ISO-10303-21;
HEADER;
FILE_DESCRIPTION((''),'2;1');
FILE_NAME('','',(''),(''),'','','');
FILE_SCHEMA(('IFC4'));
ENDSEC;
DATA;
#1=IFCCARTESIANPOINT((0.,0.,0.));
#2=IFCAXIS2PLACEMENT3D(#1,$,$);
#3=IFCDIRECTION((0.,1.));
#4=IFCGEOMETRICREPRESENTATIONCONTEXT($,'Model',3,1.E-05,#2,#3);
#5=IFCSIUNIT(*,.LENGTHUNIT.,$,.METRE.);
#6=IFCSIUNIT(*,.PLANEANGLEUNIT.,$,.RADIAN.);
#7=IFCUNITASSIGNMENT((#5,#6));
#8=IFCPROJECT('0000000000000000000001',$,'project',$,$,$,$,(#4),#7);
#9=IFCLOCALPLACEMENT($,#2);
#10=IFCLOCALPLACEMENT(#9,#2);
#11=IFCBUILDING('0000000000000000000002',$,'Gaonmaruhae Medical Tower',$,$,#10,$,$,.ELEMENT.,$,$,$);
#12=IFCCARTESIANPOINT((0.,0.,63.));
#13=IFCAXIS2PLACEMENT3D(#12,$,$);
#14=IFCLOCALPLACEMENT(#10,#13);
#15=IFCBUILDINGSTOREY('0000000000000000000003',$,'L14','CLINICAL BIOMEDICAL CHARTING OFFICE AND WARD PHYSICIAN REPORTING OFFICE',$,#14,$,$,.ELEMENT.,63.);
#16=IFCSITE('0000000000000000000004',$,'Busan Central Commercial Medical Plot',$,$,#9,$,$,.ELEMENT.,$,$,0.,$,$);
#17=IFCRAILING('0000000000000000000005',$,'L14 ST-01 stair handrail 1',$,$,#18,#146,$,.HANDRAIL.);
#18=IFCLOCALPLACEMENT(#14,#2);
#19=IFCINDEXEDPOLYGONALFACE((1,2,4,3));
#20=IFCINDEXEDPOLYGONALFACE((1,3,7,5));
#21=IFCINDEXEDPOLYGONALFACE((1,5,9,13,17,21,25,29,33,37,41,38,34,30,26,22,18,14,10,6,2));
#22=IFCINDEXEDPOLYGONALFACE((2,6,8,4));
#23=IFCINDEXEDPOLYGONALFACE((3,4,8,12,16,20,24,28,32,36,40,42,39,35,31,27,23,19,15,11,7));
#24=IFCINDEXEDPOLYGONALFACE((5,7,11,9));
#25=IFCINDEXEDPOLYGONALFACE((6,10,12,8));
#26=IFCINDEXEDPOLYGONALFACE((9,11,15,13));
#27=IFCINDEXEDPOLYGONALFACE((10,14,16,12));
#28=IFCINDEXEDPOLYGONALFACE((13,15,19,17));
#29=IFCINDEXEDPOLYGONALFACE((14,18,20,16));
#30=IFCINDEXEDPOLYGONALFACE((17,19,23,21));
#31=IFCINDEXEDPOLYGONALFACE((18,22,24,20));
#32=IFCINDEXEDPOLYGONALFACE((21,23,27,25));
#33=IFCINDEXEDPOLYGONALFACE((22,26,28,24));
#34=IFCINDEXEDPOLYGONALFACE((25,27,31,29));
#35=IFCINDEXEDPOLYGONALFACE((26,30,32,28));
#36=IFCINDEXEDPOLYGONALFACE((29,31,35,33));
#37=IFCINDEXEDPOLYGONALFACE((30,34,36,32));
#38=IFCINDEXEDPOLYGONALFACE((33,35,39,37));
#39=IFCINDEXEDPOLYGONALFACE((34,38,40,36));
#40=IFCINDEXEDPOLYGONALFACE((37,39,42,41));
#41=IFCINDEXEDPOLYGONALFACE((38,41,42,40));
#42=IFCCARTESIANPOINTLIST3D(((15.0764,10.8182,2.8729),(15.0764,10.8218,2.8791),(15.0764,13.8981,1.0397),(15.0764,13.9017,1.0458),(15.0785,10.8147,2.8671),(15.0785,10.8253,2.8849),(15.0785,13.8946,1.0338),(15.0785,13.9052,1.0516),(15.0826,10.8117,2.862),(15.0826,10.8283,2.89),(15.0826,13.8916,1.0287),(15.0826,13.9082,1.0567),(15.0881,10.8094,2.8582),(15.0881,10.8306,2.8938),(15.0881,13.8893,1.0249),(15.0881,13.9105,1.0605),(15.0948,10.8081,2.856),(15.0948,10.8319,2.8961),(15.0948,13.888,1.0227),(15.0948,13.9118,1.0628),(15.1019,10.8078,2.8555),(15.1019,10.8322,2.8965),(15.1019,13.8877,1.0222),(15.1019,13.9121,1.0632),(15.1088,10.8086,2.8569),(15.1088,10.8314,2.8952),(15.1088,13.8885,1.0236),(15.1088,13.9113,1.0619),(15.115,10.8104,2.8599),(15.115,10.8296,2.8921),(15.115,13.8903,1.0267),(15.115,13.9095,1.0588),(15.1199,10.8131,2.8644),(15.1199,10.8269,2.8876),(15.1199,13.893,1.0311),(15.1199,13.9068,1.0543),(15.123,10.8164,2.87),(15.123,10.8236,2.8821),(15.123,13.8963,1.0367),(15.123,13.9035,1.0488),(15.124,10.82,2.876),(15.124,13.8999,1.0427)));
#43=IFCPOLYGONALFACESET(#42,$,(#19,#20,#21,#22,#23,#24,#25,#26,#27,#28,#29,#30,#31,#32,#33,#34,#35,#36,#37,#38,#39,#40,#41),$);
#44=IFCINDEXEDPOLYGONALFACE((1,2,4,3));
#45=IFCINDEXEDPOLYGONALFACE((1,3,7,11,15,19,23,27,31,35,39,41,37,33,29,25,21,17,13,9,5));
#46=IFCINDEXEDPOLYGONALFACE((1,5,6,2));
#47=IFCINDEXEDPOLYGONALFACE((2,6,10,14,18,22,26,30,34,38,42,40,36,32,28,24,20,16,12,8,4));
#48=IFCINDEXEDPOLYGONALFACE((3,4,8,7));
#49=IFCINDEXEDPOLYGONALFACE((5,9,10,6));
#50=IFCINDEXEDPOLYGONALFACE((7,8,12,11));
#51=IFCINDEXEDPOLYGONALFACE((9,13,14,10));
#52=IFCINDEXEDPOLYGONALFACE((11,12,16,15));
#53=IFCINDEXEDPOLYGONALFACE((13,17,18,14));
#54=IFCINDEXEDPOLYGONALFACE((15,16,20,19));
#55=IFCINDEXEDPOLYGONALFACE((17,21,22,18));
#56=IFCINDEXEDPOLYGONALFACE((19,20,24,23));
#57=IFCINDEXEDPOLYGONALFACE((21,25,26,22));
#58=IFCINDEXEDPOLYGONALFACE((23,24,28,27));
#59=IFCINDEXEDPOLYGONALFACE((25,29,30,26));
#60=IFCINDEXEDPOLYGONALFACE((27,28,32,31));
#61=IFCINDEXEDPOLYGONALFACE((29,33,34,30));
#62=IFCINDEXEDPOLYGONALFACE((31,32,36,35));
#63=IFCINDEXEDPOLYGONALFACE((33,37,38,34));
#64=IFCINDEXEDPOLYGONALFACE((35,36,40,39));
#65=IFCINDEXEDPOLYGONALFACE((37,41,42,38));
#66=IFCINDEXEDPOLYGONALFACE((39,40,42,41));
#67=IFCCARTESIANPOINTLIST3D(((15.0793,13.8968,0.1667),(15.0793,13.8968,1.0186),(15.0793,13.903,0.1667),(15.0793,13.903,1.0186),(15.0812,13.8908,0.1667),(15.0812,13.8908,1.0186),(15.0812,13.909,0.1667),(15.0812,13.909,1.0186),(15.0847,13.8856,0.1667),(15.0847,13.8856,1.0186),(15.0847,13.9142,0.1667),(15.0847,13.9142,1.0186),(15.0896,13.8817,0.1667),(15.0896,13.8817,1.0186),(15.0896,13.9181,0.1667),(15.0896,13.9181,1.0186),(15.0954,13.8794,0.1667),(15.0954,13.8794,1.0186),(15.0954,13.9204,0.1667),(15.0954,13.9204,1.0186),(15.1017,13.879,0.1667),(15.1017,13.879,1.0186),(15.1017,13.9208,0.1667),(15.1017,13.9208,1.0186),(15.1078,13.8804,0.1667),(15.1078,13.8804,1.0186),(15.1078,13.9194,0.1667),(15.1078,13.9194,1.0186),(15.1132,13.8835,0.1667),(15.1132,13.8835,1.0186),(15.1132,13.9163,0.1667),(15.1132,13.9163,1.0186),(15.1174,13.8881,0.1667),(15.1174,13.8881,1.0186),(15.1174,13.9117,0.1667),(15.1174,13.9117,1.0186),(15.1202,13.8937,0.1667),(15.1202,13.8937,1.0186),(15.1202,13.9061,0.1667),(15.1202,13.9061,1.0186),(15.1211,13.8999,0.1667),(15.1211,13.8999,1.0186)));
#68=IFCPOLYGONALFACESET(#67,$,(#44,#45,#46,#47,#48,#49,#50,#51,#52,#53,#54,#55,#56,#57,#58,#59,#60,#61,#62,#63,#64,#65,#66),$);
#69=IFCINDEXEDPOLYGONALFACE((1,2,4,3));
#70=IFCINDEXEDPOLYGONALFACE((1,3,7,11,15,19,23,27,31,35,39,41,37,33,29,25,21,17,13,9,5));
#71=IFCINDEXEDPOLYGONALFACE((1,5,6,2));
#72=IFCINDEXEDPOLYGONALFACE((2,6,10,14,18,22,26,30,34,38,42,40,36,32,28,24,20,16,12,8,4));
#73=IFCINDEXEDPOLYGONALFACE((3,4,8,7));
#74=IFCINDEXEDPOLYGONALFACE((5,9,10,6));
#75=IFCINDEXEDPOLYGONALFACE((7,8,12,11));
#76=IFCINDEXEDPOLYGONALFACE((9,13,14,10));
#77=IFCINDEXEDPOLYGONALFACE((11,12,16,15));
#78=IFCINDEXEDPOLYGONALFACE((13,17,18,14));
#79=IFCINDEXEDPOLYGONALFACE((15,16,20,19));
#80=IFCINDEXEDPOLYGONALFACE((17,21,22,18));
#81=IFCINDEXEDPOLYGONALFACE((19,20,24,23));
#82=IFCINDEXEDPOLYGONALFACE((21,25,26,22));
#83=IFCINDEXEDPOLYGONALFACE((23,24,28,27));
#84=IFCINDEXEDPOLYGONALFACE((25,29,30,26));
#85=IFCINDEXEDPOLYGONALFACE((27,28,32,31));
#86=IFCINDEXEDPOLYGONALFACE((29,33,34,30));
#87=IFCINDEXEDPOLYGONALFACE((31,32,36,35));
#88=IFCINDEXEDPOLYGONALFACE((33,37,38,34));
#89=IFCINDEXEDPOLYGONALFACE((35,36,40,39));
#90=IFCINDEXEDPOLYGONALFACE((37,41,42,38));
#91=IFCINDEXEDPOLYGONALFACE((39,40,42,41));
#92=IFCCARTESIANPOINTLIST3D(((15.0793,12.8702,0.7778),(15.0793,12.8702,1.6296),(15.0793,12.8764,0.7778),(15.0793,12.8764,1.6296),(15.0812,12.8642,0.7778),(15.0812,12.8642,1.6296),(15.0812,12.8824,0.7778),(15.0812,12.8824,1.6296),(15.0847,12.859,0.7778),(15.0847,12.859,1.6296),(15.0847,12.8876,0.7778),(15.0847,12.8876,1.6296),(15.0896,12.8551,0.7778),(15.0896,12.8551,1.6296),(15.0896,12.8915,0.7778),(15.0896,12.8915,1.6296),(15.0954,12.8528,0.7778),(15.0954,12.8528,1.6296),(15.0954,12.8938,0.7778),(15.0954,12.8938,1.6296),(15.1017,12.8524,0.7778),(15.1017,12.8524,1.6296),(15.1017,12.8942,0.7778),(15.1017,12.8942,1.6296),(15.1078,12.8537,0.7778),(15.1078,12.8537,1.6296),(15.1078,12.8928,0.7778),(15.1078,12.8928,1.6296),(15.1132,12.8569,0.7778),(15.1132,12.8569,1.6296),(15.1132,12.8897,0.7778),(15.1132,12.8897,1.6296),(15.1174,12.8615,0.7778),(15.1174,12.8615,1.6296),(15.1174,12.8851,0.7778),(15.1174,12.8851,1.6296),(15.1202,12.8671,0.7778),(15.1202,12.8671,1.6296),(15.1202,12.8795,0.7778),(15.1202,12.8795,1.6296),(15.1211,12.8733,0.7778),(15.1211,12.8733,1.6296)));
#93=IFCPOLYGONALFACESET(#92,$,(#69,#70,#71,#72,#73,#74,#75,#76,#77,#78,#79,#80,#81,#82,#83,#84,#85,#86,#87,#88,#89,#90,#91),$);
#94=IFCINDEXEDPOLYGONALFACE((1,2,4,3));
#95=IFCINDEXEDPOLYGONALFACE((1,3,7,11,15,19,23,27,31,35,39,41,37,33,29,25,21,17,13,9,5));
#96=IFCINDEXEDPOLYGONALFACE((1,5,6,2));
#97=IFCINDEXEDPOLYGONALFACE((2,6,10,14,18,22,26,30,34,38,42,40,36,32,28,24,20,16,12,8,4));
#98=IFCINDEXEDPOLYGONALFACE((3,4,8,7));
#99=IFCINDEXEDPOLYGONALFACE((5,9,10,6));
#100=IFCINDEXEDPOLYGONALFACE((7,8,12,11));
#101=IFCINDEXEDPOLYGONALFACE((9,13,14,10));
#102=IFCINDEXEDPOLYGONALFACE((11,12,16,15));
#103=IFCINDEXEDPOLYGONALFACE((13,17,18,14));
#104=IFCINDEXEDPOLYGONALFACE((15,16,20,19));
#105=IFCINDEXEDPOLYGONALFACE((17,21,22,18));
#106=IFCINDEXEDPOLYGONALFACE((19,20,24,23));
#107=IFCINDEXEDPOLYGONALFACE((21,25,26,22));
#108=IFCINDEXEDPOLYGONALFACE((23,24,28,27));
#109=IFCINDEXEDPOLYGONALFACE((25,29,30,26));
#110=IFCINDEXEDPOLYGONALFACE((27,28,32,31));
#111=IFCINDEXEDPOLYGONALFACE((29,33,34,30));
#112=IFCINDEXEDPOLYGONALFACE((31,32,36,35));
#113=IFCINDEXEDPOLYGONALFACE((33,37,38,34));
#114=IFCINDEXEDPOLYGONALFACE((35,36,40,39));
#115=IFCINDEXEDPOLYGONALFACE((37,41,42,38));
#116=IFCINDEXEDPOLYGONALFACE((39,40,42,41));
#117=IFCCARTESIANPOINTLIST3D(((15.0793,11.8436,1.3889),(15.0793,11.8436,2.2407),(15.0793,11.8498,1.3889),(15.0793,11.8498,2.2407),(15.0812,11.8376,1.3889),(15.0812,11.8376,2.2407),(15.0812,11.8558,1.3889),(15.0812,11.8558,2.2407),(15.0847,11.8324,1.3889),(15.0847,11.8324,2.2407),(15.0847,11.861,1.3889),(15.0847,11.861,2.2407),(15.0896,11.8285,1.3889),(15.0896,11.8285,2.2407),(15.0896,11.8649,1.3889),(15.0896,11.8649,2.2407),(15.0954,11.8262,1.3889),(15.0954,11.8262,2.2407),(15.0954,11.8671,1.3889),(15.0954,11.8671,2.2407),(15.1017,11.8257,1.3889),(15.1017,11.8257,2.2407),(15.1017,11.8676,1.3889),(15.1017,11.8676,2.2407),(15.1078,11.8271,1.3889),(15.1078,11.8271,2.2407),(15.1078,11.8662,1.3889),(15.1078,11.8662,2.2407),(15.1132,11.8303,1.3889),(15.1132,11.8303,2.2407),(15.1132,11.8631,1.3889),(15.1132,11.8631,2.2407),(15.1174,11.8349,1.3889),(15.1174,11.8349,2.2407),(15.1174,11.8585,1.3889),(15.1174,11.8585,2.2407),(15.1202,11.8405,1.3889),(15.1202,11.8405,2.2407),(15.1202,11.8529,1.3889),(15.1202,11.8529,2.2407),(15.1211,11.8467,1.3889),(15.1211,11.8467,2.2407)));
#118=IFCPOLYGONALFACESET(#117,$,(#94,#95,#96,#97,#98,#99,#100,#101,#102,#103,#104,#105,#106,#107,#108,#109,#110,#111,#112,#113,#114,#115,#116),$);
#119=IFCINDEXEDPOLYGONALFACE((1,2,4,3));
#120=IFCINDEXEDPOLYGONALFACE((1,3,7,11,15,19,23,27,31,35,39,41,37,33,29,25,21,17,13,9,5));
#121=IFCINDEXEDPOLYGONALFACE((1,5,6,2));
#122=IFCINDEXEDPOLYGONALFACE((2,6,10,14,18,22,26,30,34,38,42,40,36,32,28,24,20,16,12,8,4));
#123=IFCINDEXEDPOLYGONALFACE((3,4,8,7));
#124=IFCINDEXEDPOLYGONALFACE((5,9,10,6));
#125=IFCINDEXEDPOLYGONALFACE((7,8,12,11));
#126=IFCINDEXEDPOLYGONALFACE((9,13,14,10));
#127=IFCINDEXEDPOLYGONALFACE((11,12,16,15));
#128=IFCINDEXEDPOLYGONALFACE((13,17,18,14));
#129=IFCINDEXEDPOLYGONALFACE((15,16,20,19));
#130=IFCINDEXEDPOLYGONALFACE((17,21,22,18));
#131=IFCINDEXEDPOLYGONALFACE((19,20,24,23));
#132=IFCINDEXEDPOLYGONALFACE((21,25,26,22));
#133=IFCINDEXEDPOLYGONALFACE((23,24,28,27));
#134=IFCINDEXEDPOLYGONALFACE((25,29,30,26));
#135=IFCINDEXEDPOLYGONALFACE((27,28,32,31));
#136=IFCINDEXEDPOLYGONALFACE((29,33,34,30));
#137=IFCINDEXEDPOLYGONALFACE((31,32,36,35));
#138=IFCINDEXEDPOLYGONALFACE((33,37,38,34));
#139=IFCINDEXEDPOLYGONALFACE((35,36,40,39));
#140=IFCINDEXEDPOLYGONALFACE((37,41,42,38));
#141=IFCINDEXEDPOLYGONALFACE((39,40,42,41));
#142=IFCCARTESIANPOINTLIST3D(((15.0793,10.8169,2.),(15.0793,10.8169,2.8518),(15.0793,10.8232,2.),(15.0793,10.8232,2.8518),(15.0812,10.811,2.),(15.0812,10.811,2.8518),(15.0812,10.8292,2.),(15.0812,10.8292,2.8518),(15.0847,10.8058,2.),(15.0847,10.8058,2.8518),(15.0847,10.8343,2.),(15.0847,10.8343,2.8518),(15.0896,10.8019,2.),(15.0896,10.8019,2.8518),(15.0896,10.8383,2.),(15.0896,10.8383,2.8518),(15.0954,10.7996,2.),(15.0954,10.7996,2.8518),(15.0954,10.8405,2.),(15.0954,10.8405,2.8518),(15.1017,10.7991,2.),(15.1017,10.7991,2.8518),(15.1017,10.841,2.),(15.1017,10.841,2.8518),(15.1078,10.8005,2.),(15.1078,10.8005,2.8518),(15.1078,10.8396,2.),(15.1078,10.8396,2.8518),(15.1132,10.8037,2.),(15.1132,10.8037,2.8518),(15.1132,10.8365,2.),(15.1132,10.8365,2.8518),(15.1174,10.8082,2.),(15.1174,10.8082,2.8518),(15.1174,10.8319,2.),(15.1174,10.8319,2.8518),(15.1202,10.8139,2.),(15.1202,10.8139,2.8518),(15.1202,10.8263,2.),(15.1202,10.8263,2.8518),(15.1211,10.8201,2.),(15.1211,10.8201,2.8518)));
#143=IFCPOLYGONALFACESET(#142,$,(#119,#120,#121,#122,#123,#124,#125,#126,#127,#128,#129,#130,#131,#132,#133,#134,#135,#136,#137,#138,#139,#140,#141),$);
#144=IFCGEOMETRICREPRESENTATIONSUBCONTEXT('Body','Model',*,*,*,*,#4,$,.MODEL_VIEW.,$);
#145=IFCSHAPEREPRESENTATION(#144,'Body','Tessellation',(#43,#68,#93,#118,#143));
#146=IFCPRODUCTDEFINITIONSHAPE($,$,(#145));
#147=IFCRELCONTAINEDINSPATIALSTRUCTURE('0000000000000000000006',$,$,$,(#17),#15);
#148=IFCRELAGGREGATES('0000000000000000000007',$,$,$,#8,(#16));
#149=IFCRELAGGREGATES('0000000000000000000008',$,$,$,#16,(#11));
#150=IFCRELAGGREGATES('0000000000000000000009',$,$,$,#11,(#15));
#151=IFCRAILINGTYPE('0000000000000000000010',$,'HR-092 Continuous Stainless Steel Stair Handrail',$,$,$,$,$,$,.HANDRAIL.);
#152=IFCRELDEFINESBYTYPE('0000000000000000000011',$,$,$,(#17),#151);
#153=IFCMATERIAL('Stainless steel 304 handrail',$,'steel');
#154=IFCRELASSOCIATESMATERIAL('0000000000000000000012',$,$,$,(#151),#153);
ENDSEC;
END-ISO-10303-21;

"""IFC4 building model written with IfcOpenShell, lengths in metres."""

from ifc_helpers import new_model, si_unit, direction, frame, origin, origin_2d, place, context, subcontext, project, spatial, circle, extrude, material, type_object, element, save


model = new_model("IFC4")

# Units and contexts
model_context = context("Model", 3, precision=1e-05, world=origin(), true_north=direction((0.0, 1.0)))
body_context = subcontext(model_context, "Body", "Model", "MODEL_VIEW")
ifc_project = project(units=[si_unit("LENGTHUNIT", "METRE"), si_unit("PLANEANGLEUNIT", "RADIAN")], contexts=[model_context])

# Site, building, storey
site_placement = place(None, origin())
site = spatial("IfcSite", under=ifc_project, at=site_placement, Name="Busan Central Commercial Medical Plot", CompositionType="ELEMENT", RefElevation=0.0)
building_placement = place(site_placement, origin())
building = spatial("IfcBuilding", under=site, at=building_placement, Name="Gaonmaruhae Medical Tower", CompositionType="ELEMENT")
storey_placement = place(building_placement, frame((0.0, 0.0, 63.0)))
storey = spatial("IfcBuildingStorey", under=building, at=storey_placement, Name="L14", Description="CLINICAL BIOMEDICAL CHARTING OFFICE AND WARD PHYSICIAN REPORTING OFFICE", CompositionType="ELEMENT", Elevation=63.0)

# Railing
ifc_material_1 = material(Name="Stainless steel 304 handrail", Category="steel")
railing_type_1 = type_object("IfcRailingType", Name="HR-092 Continuous Stainless Steel Stair Handrail", PredefinedType="HANDRAIL", material=ifc_material_1)
railing_1_placement = place(storey_placement, frame((15.1001, 13.8999, 0.1667)))
element("IfcRailing", 1, at=railing_1_placement, inside=storey, type_object=railing_type_1, Name="L14 ST-01 stair handrail 1", PredefinedType="HANDRAIL", context=body_context, shape_type="SweptSolid", body=[
    extrude(circle(Radius=0.0239, at=origin_2d()), frame((0.0, 0.0, 0.876), z_axis=(0.0, -0.859291, 0.511487), x_axis=(1.0, 0.0, 0.0)), (0.0, 0.0, 1.0), 3.5842),
    extrude(circle(Radius=0.021, at=origin_2d()), origin(), (0.0, 0.0, 1.0), 0.8518),
    extrude(circle(Radius=0.021, at=origin_2d()), frame((0.0, -1.0266, 0.6111)), (0.0, 0.0, 1.0), 0.8518),
    extrude(circle(Radius=0.021, at=origin_2d()), frame((0.0, -2.0532, 1.2222)), (0.0, 0.0, 1.0), 0.8518),
    extrude(circle(Radius=0.021, at=origin_2d()), frame((0.0, -3.0798, 1.8333)), (0.0, 0.0, 1.0), 0.8518),
])

save(model, "model.ifc")
